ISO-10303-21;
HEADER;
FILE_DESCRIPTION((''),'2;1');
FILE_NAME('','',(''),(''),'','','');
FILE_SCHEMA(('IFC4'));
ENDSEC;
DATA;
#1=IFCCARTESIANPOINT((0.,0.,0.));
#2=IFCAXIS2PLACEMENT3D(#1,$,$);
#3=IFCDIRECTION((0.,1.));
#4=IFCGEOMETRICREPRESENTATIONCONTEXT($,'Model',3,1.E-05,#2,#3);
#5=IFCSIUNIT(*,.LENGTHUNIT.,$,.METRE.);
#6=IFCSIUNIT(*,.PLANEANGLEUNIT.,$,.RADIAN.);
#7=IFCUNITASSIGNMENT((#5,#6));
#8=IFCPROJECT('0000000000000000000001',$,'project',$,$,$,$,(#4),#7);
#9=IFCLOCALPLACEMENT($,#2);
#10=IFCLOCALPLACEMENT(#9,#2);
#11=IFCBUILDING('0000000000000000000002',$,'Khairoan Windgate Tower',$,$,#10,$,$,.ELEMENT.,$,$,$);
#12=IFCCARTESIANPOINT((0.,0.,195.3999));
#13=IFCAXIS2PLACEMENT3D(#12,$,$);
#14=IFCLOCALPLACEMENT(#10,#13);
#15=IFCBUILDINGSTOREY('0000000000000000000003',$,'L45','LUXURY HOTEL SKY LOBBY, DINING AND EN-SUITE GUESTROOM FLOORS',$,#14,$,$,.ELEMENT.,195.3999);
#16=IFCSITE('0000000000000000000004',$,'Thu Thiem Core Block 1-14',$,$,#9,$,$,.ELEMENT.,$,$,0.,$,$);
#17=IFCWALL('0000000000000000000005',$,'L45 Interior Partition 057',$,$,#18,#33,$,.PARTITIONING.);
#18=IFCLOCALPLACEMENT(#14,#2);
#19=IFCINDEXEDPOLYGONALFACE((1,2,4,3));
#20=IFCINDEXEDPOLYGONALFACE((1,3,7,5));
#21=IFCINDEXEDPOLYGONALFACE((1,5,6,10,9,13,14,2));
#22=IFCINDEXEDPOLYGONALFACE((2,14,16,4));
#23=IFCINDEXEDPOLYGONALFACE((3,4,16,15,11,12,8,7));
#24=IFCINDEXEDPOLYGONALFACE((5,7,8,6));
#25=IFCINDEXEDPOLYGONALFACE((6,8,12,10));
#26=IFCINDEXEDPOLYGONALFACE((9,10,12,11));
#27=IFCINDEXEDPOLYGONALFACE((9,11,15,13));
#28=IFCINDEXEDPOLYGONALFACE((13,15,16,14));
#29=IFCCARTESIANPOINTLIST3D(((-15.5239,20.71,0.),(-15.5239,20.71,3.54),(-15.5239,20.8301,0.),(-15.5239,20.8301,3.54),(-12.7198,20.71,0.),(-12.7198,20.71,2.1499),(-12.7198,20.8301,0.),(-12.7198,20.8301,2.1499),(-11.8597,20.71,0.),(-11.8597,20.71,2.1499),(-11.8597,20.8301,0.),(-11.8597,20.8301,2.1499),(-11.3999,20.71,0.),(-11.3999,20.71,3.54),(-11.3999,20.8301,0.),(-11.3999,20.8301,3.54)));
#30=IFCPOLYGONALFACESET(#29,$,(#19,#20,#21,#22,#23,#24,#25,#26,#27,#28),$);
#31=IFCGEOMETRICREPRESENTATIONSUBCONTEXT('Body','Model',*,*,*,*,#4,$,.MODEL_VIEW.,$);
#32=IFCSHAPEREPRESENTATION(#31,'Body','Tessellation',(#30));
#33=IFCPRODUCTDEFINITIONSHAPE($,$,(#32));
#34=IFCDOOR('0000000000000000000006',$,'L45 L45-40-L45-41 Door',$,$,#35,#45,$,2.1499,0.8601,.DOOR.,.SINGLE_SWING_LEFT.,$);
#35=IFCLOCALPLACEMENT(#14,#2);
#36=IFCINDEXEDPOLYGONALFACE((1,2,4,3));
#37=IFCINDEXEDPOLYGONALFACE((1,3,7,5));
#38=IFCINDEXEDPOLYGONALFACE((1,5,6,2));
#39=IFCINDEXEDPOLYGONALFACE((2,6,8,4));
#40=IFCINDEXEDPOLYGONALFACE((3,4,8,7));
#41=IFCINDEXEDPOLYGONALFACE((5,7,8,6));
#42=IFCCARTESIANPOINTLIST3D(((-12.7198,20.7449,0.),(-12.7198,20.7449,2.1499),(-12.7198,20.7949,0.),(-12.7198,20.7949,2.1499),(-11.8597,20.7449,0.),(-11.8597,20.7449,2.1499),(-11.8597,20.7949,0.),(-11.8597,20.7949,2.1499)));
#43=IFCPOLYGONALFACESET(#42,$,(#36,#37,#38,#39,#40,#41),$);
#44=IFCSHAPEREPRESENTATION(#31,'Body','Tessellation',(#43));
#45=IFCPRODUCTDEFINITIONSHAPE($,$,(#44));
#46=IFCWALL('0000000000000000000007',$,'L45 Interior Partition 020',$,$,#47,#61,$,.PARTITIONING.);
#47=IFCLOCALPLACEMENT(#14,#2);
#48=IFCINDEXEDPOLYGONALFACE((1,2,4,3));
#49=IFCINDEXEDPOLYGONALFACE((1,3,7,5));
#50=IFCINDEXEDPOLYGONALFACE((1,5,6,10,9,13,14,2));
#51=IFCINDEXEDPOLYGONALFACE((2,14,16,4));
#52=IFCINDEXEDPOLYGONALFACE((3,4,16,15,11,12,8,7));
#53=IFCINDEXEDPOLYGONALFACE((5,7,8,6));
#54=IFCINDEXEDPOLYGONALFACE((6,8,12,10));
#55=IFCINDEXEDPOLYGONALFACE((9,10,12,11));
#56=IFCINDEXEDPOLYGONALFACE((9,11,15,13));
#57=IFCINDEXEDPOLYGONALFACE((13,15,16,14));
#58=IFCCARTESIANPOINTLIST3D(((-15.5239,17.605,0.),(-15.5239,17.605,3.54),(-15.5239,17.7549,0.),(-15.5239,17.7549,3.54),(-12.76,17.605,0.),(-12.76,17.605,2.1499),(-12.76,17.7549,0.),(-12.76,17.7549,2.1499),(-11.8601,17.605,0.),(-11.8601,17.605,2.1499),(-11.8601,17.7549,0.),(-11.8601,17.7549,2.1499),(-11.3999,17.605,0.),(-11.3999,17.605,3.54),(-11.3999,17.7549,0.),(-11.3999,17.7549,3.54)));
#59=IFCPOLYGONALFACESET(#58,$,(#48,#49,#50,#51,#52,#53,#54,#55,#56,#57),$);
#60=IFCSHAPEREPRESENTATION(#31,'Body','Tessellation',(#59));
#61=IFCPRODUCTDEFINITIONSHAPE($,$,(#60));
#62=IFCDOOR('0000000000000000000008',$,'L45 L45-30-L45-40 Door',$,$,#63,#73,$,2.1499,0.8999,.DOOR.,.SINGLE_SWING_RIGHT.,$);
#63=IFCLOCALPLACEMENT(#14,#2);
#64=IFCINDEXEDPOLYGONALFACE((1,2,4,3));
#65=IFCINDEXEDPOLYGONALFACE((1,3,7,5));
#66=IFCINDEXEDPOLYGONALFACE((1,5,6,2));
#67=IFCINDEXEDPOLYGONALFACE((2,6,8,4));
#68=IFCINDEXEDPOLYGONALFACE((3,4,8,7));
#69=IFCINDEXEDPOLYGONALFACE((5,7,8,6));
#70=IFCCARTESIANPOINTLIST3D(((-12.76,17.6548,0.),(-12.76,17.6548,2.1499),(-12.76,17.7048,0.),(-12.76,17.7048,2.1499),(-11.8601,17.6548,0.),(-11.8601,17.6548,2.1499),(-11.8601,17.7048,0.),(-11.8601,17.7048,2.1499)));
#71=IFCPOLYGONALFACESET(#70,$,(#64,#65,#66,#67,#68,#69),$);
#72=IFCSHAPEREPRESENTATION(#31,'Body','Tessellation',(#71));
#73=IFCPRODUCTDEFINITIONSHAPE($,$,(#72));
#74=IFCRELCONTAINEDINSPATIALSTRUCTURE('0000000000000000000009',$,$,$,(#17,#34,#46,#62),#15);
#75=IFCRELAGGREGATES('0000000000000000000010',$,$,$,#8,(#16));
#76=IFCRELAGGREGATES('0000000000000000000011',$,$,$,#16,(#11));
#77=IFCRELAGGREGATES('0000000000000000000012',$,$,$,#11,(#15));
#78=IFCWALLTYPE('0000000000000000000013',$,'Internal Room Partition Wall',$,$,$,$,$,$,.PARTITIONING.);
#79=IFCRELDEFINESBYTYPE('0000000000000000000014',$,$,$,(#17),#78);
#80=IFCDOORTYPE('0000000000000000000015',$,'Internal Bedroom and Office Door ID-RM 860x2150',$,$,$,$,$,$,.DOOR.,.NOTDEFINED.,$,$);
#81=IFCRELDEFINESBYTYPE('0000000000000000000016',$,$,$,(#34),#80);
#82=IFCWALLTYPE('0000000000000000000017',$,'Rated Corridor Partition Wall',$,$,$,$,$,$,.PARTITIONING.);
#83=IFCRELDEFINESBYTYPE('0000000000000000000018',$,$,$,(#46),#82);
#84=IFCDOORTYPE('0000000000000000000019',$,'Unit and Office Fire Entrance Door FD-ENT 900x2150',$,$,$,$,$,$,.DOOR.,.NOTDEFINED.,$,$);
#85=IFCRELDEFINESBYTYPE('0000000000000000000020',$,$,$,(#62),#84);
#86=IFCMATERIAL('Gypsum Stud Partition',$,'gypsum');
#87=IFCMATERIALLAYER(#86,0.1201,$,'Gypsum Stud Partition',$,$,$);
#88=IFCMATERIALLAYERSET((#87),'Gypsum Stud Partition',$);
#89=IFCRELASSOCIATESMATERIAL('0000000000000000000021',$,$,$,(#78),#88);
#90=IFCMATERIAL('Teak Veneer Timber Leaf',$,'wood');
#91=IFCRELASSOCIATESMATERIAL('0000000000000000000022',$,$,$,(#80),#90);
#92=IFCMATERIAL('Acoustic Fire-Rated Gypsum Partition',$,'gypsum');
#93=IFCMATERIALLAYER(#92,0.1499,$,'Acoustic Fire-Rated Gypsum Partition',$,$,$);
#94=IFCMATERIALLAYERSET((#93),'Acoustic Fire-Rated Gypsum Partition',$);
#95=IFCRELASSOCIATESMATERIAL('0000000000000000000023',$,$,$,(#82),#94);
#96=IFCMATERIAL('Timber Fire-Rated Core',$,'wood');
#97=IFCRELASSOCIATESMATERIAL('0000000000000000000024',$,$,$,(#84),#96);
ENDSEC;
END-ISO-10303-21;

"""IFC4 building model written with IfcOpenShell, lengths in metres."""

from ifc_helpers import new_model, si_unit, direction, frame, frame_2d, origin, place, context, subcontext, project, spatial, rectangle, extrude, material, layer, layer_set, type_object, element, fill, save


model = new_model("IFC4")

# Units and contexts
model_context = context("Model", 3, precision=1e-05, world=origin(), true_north=direction((0.0, 1.0)))
body_context = subcontext(model_context, "Body", "Model", "MODEL_VIEW")
ifc_project = project(units=[si_unit("LENGTHUNIT", "METRE"), si_unit("PLANEANGLEUNIT", "RADIAN")], contexts=[model_context])

# Site, building, storey
site_placement = place(None, origin())
site = spatial("IfcSite", under=ifc_project, at=site_placement, Name="Thu Thiem Core Block 1-14", CompositionType="ELEMENT", RefElevation=0.0)
building_placement = place(site_placement, origin())
building = spatial("IfcBuilding", under=site, at=building_placement, Name="Khairoan Windgate Tower", CompositionType="ELEMENT")
storey_placement = place(building_placement, frame((0.0, 0.0, 195.3999)))
storey = spatial("IfcBuildingStorey", under=building, at=storey_placement, Name="L45", Description="LUXURY HOTEL SKY LOBBY, DINING AND EN-SUITE GUESTROOM FLOORS", CompositionType="ELEMENT", Elevation=195.3999)

# Wall, opening, door
ifc_material_1 = material(Name="Gypsum Stud Partition", Category="gypsum")
ifc_layer_1 = layer(ifc_material_1, 0.1201, Name="Gypsum Stud Partition")
ifc_layer_set_1 = layer_set([ifc_layer_1], Name="Gypsum Stud Partition")
wall_type_1 = type_object("IfcWallType", Name="Internal Room Partition Wall", PredefinedType="PARTITIONING", material=ifc_layer_set_1)
wall_1_placement = place(storey_placement, frame((-15.5239, 20.77, 0.0), z_axis=(0.0, 0.0, 1.0), x_axis=(1.0, 0.0, 0.0)))
wall_1 = element("IfcWall", 1, at=wall_1_placement, inside=storey, type_object=wall_type_1, Name="L45 Interior Partition 057", PredefinedType="PARTITIONING", context=body_context, shape_type="SweptSolid", body=[
    extrude(rectangle(XDim=4.124, YDim=0.1201, at=frame_2d((2.062, 0.0))), origin(), (0.0, 0.0, 1.0), 3.54),
])
opening_1_placement = place(wall_1_placement, frame((2.804, 0.0, 0.0)))
opening_1 = element("IfcOpeningElement", 2, at=opening_1_placement, cuts=wall_1, PredefinedType="OPENING", context=body_context, shape_type="SweptSolid", body=[
    extrude(rectangle(XDim=0.8601, YDim=2.1499, at=frame_2d((0.4302, 1.075))), frame((0.0, 0.0701, 0.0), z_axis=(0.0, -1.0, 0.0), x_axis=(1.0, 0.0, 0.0)), (0.0, 0.0, 1.0), 0.1401),
])
ifc_material_2 = material(Name="Teak Veneer Timber Leaf", Category="wood")
door_type_1 = type_object("IfcDoorType", Name="Internal Bedroom and Office Door ID-RM 860x2150", OperationType="NOTDEFINED", PredefinedType="DOOR", material=ifc_material_2)
door_1_placement = place(opening_1_placement, origin())
door_1 = element("IfcDoor", 3, at=door_1_placement, inside=storey, type_object=door_type_1, Name="L45 L45-40-L45-41 Door", OperationType="SINGLE_SWING_LEFT", OverallHeight=2.1499, OverallWidth=0.8601, PredefinedType="DOOR", context=body_context, shape_type="SweptSolid", body=[
    extrude(rectangle(XDim=0.8601, YDim=2.1499, at=frame_2d((0.4302, 1.075))), frame((0.0, 0.0249, 0.0), z_axis=(0.0, -1.0, 0.0), x_axis=(1.0, 0.0, 0.0)), (0.0, 0.0, 1.0), 0.05),
])
fill(opening_1, door_1)

# Wall, opening, door
ifc_material_3 = material(Name="Acoustic Fire-Rated Gypsum Partition", Category="gypsum")
ifc_layer_2 = layer(ifc_material_3, 0.1499, Name="Acoustic Fire-Rated Gypsum Partition")
ifc_layer_set_2 = layer_set([ifc_layer_2], Name="Acoustic Fire-Rated Gypsum Partition")
wall_type_2 = type_object("IfcWallType", Name="Rated Corridor Partition Wall", PredefinedType="PARTITIONING", material=ifc_layer_set_2)
wall_2_placement = place(storey_placement, frame((-15.5239, 17.6799, 0.0), z_axis=(0.0, 0.0, 1.0), x_axis=(1.0, 0.0, 0.0)))
wall_2 = element("IfcWall", 4, at=wall_2_placement, inside=storey, type_object=wall_type_2, Name="L45 Interior Partition 020", PredefinedType="PARTITIONING", context=body_context, shape_type="SweptSolid", body=[
    extrude(rectangle(XDim=4.124, YDim=0.1499, at=frame_2d((2.062, 0.0))), origin(), (0.0, 0.0, 1.0), 3.54),
])
opening_2_placement = place(wall_2_placement, frame((2.7639, 0.0, 0.0)))
opening_2 = element("IfcOpeningElement", 5, at=opening_2_placement, cuts=wall_2, PredefinedType="OPENING", context=body_context, shape_type="SweptSolid", body=[
    extrude(rectangle(XDim=0.8999, YDim=2.1499, at=frame_2d((0.45, 1.075))), frame((0.0, 0.085, 0.0), z_axis=(0.0, -1.0, 0.0), x_axis=(1.0, 0.0, 0.0)), (0.0, 0.0, 1.0), 0.1699),
])
ifc_material_4 = material(Name="Timber Fire-Rated Core", Category="wood")
door_type_2 = type_object("IfcDoorType", Name="Unit and Office Fire Entrance Door FD-ENT 900x2150", OperationType="NOTDEFINED", PredefinedType="DOOR", material=ifc_material_4)
door_2_placement = place(opening_2_placement, origin())
door_2 = element("IfcDoor", 6, at=door_2_placement, inside=storey, type_object=door_type_2, Name="L45 L45-30-L45-40 Door", OperationType="SINGLE_SWING_RIGHT", OverallHeight=2.1499, OverallWidth=0.8999, PredefinedType="DOOR", context=body_context, shape_type="SweptSolid", body=[
    extrude(rectangle(XDim=0.8999, YDim=2.1499, at=frame_2d((0.45, 1.075))), frame((0.0, 0.0249, 0.0), z_axis=(0.0, -1.0, 0.0), x_axis=(1.0, 0.0, 0.0)), (0.0, 0.0, 1.0), 0.05),
])
fill(opening_2, door_2)

save(model, "model.ifc")
